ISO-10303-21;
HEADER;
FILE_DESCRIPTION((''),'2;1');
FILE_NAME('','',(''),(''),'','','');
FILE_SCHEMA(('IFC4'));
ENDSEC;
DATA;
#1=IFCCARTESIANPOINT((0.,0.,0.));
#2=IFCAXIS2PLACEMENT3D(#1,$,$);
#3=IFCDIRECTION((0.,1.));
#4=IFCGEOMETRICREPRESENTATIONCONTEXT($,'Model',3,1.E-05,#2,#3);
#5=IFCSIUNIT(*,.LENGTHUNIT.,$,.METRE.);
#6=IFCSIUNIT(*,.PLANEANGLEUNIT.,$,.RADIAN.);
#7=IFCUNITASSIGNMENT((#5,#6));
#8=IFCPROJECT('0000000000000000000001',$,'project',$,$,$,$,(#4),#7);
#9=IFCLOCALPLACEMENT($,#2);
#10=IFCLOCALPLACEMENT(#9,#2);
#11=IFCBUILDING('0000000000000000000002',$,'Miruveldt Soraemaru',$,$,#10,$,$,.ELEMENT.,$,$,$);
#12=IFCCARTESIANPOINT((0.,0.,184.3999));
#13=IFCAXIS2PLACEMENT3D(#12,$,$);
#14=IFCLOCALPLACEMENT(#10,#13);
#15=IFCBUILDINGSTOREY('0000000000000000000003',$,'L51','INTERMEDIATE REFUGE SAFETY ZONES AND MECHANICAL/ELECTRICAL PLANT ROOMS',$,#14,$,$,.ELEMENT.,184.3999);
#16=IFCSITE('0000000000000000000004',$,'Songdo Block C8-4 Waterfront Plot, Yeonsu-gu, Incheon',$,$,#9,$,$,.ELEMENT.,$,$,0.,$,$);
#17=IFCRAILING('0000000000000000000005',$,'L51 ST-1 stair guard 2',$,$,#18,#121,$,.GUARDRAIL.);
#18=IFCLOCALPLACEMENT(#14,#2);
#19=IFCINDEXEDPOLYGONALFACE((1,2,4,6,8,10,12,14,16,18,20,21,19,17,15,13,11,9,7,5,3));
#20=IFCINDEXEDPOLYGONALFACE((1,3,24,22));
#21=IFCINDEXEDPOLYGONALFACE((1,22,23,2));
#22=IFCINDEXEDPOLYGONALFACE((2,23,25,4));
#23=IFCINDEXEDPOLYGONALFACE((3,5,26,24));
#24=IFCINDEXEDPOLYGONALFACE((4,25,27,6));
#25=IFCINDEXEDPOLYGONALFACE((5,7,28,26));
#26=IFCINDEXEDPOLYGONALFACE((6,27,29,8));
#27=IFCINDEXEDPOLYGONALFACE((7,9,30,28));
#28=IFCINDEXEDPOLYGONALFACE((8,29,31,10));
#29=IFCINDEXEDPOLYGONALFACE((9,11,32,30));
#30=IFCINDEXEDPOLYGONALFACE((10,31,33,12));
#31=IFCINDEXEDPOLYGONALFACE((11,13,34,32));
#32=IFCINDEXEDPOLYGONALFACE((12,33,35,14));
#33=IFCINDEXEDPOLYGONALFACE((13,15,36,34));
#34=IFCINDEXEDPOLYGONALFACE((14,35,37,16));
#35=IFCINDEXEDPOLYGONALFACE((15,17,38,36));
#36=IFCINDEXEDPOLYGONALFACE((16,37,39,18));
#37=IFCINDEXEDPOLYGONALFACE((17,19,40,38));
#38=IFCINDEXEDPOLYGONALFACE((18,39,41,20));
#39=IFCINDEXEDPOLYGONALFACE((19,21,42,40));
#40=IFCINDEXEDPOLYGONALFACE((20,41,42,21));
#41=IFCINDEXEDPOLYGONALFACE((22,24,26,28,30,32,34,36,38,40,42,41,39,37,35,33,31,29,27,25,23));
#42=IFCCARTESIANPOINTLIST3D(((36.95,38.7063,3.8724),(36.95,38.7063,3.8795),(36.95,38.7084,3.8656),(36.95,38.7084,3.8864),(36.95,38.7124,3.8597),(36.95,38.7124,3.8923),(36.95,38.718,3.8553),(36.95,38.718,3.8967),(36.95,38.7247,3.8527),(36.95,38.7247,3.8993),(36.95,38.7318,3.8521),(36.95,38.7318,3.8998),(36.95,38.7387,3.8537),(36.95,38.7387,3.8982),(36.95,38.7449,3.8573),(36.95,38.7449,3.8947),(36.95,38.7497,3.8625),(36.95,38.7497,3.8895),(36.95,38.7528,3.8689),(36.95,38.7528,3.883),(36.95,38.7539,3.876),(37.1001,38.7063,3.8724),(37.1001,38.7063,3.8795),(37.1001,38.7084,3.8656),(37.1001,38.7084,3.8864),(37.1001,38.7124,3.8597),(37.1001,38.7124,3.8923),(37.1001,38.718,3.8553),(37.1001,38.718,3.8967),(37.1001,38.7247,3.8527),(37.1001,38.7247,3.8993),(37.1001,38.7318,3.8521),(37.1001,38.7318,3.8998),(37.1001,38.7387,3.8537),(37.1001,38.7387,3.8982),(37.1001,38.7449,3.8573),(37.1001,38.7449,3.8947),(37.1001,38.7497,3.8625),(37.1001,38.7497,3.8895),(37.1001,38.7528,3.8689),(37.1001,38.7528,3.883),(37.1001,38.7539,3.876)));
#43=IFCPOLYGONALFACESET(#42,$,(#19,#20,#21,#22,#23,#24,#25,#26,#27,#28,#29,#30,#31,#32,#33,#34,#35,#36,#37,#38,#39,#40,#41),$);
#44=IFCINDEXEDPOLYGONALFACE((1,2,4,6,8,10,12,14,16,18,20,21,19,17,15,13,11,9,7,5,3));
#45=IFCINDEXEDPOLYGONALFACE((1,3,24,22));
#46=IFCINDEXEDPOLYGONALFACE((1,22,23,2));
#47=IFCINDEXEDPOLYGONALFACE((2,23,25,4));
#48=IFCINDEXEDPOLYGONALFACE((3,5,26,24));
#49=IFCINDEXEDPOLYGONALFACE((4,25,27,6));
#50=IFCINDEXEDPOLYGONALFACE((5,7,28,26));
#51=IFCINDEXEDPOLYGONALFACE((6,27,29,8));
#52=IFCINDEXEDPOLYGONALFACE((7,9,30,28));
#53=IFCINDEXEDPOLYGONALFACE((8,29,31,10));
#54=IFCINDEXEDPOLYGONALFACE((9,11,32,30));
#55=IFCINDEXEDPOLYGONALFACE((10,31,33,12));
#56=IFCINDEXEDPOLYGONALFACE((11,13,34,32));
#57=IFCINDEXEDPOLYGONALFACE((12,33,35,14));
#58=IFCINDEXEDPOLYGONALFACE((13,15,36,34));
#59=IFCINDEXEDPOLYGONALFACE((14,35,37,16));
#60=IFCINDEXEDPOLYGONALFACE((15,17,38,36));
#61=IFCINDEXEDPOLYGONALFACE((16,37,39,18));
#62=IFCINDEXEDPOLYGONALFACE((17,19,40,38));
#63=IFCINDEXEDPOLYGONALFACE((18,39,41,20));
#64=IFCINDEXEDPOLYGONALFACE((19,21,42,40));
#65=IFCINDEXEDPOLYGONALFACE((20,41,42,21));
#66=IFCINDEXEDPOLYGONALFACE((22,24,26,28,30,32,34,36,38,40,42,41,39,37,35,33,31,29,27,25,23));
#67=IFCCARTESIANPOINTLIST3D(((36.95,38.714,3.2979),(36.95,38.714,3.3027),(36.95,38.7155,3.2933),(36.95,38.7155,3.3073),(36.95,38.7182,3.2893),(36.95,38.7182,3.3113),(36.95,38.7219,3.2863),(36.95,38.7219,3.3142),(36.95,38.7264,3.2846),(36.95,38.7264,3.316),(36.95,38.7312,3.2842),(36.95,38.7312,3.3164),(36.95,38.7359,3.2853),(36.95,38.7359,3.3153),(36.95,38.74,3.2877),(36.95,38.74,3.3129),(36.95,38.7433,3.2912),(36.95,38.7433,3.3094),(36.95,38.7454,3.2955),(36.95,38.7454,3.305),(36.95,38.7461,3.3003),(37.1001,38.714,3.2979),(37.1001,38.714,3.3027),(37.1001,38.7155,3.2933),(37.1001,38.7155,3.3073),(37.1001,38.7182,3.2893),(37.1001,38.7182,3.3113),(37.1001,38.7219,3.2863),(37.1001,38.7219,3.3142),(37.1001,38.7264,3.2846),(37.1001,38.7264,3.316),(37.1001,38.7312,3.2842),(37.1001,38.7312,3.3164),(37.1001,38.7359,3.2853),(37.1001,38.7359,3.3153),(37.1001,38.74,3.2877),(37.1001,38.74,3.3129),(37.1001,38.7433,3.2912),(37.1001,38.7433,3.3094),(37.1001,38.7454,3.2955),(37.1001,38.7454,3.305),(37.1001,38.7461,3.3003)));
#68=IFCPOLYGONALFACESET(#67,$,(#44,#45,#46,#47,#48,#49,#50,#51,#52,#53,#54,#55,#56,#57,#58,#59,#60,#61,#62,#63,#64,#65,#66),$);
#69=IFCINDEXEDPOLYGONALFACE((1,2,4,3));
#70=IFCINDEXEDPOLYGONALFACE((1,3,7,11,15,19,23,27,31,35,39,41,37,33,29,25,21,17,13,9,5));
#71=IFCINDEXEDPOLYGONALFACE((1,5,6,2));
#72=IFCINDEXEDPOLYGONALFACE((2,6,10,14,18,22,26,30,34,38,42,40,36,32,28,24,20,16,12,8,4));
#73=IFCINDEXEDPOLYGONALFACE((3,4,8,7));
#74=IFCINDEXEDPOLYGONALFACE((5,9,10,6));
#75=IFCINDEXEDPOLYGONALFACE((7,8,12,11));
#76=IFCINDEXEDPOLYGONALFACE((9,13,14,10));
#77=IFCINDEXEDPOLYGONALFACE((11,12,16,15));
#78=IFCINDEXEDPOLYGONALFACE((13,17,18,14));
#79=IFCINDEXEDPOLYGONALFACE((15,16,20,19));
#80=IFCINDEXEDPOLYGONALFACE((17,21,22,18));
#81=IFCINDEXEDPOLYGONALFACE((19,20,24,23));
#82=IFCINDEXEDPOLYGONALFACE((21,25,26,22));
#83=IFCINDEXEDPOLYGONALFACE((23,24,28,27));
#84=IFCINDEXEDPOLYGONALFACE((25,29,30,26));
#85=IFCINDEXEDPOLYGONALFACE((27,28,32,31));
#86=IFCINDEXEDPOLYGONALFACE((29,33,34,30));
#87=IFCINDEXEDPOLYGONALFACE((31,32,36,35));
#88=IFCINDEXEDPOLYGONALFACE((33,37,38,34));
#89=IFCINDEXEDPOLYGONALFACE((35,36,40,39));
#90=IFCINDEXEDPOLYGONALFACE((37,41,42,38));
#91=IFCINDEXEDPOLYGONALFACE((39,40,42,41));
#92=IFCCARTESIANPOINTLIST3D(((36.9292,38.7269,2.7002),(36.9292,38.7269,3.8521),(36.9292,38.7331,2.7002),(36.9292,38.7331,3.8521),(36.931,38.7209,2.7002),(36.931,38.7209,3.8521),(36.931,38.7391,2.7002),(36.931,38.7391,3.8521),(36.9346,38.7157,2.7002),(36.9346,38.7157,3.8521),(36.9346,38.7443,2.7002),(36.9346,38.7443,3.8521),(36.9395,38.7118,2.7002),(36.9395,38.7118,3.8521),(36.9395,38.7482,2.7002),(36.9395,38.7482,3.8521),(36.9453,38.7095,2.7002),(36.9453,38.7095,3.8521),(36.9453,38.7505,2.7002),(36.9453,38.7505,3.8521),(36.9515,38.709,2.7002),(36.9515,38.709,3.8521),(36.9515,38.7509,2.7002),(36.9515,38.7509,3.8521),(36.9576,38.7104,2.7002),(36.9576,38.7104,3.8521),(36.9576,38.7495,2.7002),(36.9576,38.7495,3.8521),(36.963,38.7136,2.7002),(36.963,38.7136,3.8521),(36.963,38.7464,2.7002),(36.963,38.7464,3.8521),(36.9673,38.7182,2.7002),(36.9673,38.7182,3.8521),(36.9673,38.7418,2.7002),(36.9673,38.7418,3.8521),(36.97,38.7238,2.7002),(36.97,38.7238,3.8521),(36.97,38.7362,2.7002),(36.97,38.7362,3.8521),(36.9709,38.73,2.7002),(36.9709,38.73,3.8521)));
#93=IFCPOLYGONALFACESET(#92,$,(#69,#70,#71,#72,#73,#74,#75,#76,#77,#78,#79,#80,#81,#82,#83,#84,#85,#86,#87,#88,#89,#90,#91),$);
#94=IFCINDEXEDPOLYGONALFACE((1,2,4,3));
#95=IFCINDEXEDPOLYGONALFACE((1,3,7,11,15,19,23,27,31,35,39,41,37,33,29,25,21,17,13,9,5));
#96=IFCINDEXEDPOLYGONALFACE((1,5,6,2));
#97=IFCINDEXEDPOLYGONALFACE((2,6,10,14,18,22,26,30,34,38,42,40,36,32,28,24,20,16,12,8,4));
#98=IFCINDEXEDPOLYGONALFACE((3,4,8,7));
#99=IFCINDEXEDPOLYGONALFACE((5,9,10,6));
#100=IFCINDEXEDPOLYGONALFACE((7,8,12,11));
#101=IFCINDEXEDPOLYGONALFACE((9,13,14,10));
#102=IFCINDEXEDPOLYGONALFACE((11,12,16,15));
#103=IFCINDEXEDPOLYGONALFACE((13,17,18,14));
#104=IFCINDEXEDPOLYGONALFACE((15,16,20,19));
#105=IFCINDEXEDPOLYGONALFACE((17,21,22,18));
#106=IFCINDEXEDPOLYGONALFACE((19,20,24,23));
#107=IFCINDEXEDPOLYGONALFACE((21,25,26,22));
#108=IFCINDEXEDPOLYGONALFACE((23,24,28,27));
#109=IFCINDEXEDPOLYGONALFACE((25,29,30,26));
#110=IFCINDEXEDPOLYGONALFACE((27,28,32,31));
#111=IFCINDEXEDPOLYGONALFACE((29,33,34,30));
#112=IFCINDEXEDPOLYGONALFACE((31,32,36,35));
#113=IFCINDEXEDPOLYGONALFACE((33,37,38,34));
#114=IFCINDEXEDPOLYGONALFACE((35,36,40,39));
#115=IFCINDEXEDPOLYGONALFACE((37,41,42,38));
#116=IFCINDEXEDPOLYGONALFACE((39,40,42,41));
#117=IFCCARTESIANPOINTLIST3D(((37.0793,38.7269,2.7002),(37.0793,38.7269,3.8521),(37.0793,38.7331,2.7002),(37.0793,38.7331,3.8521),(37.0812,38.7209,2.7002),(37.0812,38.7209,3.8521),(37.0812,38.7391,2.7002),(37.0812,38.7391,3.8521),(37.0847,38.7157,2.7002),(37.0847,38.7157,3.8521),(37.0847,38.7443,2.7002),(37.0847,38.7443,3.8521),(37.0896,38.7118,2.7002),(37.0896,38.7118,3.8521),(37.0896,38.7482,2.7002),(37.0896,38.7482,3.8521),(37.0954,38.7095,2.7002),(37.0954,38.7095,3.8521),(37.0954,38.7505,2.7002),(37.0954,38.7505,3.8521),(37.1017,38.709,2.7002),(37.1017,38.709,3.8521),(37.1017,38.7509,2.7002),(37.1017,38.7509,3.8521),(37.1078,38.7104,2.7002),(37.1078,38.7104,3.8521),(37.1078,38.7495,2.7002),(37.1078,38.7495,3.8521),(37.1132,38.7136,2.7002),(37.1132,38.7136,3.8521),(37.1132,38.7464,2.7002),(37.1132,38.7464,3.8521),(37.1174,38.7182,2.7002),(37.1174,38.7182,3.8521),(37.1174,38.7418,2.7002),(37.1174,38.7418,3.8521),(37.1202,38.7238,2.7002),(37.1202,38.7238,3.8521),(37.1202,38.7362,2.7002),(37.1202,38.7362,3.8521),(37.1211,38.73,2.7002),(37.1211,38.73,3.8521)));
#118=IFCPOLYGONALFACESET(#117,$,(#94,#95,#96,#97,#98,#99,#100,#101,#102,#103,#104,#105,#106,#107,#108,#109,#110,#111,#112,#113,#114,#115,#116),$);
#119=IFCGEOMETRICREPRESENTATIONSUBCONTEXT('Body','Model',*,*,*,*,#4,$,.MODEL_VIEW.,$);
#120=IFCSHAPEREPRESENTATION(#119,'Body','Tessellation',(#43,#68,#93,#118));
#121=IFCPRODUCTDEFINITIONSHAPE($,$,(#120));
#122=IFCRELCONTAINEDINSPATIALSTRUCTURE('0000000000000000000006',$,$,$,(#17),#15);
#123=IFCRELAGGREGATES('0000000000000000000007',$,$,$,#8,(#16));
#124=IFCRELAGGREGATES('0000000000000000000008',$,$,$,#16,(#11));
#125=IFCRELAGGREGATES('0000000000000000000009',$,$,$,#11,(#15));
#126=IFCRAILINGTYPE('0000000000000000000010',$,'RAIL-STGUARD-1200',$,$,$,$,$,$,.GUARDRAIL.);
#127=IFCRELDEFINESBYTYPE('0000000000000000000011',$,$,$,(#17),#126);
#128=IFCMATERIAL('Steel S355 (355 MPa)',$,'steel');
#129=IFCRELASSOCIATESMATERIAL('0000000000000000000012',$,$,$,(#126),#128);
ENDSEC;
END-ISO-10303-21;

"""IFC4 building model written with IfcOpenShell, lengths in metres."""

from ifc_helpers import new_model, si_unit, direction, frame, origin, origin_2d, place, context, subcontext, project, spatial, circle, extrude, material, type_object, element, save


model = new_model("IFC4")

# Units and contexts
model_context = context("Model", 3, precision=1e-05, world=origin(), true_north=direction((0.0, 1.0)))
body_context = subcontext(model_context, "Body", "Model", "MODEL_VIEW")
ifc_project = project(units=[si_unit("LENGTHUNIT", "METRE"), si_unit("PLANEANGLEUNIT", "RADIAN")], contexts=[model_context])

# Site, building, storey
site_placement = place(None, origin())
site = spatial("IfcSite", under=ifc_project, at=site_placement, Name="Songdo Block C8-4 Waterfront Plot, Yeonsu-gu, Incheon", CompositionType="ELEMENT", RefElevation=0.0)
building_placement = place(site_placement, origin())
building = spatial("IfcBuilding", under=site, at=building_placement, Name="Miruveldt Soraemaru", CompositionType="ELEMENT")
storey_placement = place(building_placement, frame((0.0, 0.0, 184.3999)))
storey = spatial("IfcBuildingStorey", under=building, at=storey_placement, Name="L51", Description="INTERMEDIATE REFUGE SAFETY ZONES AND MECHANICAL/ELECTRICAL PLANT ROOMS", CompositionType="ELEMENT", Elevation=184.3999)

# Railing
ifc_material_1 = material(Name="Steel S355 (355 MPa)", Category="steel")
railing_type_1 = type_object("IfcRailingType", Name="RAIL-STGUARD-1200", PredefinedType="GUARDRAIL", material=ifc_material_1)
railing_1_placement = place(storey_placement, frame((36.95, 38.73, 2.7002)))
element("IfcRailing", 1, at=railing_1_placement, inside=storey, type_object=railing_type_1, Name="L51 ST-1 stair guard 2", PredefinedType="GUARDRAIL", context=body_context, shape_type="SweptSolid", body=[
    extrude(circle(Radius=0.0239, at=origin_2d()), frame((0.0, 0.0, 1.1758), z_axis=(1.0, 0.0, 0.0), x_axis=(0.0, 1.0, 0.0)), (0.0, 0.0, 1.0), 0.1501),
    extrude(circle(Radius=0.0161, at=origin_2d()), frame((0.0, 0.0, 0.6001), z_axis=(1.0, 0.0, 0.0), x_axis=(0.0, 1.0, 0.0)), (0.0, 0.0, 1.0), 0.1501),
    extrude(circle(Radius=0.021, at=origin_2d()), origin(), (0.0, 0.0, 1.0), 1.1519),
    extrude(circle(Radius=0.021, at=origin_2d()), frame((0.1501, 0.0, 0.0)), (0.0, 0.0, 1.0), 1.1519),
])

save(model, "model.ifc")
